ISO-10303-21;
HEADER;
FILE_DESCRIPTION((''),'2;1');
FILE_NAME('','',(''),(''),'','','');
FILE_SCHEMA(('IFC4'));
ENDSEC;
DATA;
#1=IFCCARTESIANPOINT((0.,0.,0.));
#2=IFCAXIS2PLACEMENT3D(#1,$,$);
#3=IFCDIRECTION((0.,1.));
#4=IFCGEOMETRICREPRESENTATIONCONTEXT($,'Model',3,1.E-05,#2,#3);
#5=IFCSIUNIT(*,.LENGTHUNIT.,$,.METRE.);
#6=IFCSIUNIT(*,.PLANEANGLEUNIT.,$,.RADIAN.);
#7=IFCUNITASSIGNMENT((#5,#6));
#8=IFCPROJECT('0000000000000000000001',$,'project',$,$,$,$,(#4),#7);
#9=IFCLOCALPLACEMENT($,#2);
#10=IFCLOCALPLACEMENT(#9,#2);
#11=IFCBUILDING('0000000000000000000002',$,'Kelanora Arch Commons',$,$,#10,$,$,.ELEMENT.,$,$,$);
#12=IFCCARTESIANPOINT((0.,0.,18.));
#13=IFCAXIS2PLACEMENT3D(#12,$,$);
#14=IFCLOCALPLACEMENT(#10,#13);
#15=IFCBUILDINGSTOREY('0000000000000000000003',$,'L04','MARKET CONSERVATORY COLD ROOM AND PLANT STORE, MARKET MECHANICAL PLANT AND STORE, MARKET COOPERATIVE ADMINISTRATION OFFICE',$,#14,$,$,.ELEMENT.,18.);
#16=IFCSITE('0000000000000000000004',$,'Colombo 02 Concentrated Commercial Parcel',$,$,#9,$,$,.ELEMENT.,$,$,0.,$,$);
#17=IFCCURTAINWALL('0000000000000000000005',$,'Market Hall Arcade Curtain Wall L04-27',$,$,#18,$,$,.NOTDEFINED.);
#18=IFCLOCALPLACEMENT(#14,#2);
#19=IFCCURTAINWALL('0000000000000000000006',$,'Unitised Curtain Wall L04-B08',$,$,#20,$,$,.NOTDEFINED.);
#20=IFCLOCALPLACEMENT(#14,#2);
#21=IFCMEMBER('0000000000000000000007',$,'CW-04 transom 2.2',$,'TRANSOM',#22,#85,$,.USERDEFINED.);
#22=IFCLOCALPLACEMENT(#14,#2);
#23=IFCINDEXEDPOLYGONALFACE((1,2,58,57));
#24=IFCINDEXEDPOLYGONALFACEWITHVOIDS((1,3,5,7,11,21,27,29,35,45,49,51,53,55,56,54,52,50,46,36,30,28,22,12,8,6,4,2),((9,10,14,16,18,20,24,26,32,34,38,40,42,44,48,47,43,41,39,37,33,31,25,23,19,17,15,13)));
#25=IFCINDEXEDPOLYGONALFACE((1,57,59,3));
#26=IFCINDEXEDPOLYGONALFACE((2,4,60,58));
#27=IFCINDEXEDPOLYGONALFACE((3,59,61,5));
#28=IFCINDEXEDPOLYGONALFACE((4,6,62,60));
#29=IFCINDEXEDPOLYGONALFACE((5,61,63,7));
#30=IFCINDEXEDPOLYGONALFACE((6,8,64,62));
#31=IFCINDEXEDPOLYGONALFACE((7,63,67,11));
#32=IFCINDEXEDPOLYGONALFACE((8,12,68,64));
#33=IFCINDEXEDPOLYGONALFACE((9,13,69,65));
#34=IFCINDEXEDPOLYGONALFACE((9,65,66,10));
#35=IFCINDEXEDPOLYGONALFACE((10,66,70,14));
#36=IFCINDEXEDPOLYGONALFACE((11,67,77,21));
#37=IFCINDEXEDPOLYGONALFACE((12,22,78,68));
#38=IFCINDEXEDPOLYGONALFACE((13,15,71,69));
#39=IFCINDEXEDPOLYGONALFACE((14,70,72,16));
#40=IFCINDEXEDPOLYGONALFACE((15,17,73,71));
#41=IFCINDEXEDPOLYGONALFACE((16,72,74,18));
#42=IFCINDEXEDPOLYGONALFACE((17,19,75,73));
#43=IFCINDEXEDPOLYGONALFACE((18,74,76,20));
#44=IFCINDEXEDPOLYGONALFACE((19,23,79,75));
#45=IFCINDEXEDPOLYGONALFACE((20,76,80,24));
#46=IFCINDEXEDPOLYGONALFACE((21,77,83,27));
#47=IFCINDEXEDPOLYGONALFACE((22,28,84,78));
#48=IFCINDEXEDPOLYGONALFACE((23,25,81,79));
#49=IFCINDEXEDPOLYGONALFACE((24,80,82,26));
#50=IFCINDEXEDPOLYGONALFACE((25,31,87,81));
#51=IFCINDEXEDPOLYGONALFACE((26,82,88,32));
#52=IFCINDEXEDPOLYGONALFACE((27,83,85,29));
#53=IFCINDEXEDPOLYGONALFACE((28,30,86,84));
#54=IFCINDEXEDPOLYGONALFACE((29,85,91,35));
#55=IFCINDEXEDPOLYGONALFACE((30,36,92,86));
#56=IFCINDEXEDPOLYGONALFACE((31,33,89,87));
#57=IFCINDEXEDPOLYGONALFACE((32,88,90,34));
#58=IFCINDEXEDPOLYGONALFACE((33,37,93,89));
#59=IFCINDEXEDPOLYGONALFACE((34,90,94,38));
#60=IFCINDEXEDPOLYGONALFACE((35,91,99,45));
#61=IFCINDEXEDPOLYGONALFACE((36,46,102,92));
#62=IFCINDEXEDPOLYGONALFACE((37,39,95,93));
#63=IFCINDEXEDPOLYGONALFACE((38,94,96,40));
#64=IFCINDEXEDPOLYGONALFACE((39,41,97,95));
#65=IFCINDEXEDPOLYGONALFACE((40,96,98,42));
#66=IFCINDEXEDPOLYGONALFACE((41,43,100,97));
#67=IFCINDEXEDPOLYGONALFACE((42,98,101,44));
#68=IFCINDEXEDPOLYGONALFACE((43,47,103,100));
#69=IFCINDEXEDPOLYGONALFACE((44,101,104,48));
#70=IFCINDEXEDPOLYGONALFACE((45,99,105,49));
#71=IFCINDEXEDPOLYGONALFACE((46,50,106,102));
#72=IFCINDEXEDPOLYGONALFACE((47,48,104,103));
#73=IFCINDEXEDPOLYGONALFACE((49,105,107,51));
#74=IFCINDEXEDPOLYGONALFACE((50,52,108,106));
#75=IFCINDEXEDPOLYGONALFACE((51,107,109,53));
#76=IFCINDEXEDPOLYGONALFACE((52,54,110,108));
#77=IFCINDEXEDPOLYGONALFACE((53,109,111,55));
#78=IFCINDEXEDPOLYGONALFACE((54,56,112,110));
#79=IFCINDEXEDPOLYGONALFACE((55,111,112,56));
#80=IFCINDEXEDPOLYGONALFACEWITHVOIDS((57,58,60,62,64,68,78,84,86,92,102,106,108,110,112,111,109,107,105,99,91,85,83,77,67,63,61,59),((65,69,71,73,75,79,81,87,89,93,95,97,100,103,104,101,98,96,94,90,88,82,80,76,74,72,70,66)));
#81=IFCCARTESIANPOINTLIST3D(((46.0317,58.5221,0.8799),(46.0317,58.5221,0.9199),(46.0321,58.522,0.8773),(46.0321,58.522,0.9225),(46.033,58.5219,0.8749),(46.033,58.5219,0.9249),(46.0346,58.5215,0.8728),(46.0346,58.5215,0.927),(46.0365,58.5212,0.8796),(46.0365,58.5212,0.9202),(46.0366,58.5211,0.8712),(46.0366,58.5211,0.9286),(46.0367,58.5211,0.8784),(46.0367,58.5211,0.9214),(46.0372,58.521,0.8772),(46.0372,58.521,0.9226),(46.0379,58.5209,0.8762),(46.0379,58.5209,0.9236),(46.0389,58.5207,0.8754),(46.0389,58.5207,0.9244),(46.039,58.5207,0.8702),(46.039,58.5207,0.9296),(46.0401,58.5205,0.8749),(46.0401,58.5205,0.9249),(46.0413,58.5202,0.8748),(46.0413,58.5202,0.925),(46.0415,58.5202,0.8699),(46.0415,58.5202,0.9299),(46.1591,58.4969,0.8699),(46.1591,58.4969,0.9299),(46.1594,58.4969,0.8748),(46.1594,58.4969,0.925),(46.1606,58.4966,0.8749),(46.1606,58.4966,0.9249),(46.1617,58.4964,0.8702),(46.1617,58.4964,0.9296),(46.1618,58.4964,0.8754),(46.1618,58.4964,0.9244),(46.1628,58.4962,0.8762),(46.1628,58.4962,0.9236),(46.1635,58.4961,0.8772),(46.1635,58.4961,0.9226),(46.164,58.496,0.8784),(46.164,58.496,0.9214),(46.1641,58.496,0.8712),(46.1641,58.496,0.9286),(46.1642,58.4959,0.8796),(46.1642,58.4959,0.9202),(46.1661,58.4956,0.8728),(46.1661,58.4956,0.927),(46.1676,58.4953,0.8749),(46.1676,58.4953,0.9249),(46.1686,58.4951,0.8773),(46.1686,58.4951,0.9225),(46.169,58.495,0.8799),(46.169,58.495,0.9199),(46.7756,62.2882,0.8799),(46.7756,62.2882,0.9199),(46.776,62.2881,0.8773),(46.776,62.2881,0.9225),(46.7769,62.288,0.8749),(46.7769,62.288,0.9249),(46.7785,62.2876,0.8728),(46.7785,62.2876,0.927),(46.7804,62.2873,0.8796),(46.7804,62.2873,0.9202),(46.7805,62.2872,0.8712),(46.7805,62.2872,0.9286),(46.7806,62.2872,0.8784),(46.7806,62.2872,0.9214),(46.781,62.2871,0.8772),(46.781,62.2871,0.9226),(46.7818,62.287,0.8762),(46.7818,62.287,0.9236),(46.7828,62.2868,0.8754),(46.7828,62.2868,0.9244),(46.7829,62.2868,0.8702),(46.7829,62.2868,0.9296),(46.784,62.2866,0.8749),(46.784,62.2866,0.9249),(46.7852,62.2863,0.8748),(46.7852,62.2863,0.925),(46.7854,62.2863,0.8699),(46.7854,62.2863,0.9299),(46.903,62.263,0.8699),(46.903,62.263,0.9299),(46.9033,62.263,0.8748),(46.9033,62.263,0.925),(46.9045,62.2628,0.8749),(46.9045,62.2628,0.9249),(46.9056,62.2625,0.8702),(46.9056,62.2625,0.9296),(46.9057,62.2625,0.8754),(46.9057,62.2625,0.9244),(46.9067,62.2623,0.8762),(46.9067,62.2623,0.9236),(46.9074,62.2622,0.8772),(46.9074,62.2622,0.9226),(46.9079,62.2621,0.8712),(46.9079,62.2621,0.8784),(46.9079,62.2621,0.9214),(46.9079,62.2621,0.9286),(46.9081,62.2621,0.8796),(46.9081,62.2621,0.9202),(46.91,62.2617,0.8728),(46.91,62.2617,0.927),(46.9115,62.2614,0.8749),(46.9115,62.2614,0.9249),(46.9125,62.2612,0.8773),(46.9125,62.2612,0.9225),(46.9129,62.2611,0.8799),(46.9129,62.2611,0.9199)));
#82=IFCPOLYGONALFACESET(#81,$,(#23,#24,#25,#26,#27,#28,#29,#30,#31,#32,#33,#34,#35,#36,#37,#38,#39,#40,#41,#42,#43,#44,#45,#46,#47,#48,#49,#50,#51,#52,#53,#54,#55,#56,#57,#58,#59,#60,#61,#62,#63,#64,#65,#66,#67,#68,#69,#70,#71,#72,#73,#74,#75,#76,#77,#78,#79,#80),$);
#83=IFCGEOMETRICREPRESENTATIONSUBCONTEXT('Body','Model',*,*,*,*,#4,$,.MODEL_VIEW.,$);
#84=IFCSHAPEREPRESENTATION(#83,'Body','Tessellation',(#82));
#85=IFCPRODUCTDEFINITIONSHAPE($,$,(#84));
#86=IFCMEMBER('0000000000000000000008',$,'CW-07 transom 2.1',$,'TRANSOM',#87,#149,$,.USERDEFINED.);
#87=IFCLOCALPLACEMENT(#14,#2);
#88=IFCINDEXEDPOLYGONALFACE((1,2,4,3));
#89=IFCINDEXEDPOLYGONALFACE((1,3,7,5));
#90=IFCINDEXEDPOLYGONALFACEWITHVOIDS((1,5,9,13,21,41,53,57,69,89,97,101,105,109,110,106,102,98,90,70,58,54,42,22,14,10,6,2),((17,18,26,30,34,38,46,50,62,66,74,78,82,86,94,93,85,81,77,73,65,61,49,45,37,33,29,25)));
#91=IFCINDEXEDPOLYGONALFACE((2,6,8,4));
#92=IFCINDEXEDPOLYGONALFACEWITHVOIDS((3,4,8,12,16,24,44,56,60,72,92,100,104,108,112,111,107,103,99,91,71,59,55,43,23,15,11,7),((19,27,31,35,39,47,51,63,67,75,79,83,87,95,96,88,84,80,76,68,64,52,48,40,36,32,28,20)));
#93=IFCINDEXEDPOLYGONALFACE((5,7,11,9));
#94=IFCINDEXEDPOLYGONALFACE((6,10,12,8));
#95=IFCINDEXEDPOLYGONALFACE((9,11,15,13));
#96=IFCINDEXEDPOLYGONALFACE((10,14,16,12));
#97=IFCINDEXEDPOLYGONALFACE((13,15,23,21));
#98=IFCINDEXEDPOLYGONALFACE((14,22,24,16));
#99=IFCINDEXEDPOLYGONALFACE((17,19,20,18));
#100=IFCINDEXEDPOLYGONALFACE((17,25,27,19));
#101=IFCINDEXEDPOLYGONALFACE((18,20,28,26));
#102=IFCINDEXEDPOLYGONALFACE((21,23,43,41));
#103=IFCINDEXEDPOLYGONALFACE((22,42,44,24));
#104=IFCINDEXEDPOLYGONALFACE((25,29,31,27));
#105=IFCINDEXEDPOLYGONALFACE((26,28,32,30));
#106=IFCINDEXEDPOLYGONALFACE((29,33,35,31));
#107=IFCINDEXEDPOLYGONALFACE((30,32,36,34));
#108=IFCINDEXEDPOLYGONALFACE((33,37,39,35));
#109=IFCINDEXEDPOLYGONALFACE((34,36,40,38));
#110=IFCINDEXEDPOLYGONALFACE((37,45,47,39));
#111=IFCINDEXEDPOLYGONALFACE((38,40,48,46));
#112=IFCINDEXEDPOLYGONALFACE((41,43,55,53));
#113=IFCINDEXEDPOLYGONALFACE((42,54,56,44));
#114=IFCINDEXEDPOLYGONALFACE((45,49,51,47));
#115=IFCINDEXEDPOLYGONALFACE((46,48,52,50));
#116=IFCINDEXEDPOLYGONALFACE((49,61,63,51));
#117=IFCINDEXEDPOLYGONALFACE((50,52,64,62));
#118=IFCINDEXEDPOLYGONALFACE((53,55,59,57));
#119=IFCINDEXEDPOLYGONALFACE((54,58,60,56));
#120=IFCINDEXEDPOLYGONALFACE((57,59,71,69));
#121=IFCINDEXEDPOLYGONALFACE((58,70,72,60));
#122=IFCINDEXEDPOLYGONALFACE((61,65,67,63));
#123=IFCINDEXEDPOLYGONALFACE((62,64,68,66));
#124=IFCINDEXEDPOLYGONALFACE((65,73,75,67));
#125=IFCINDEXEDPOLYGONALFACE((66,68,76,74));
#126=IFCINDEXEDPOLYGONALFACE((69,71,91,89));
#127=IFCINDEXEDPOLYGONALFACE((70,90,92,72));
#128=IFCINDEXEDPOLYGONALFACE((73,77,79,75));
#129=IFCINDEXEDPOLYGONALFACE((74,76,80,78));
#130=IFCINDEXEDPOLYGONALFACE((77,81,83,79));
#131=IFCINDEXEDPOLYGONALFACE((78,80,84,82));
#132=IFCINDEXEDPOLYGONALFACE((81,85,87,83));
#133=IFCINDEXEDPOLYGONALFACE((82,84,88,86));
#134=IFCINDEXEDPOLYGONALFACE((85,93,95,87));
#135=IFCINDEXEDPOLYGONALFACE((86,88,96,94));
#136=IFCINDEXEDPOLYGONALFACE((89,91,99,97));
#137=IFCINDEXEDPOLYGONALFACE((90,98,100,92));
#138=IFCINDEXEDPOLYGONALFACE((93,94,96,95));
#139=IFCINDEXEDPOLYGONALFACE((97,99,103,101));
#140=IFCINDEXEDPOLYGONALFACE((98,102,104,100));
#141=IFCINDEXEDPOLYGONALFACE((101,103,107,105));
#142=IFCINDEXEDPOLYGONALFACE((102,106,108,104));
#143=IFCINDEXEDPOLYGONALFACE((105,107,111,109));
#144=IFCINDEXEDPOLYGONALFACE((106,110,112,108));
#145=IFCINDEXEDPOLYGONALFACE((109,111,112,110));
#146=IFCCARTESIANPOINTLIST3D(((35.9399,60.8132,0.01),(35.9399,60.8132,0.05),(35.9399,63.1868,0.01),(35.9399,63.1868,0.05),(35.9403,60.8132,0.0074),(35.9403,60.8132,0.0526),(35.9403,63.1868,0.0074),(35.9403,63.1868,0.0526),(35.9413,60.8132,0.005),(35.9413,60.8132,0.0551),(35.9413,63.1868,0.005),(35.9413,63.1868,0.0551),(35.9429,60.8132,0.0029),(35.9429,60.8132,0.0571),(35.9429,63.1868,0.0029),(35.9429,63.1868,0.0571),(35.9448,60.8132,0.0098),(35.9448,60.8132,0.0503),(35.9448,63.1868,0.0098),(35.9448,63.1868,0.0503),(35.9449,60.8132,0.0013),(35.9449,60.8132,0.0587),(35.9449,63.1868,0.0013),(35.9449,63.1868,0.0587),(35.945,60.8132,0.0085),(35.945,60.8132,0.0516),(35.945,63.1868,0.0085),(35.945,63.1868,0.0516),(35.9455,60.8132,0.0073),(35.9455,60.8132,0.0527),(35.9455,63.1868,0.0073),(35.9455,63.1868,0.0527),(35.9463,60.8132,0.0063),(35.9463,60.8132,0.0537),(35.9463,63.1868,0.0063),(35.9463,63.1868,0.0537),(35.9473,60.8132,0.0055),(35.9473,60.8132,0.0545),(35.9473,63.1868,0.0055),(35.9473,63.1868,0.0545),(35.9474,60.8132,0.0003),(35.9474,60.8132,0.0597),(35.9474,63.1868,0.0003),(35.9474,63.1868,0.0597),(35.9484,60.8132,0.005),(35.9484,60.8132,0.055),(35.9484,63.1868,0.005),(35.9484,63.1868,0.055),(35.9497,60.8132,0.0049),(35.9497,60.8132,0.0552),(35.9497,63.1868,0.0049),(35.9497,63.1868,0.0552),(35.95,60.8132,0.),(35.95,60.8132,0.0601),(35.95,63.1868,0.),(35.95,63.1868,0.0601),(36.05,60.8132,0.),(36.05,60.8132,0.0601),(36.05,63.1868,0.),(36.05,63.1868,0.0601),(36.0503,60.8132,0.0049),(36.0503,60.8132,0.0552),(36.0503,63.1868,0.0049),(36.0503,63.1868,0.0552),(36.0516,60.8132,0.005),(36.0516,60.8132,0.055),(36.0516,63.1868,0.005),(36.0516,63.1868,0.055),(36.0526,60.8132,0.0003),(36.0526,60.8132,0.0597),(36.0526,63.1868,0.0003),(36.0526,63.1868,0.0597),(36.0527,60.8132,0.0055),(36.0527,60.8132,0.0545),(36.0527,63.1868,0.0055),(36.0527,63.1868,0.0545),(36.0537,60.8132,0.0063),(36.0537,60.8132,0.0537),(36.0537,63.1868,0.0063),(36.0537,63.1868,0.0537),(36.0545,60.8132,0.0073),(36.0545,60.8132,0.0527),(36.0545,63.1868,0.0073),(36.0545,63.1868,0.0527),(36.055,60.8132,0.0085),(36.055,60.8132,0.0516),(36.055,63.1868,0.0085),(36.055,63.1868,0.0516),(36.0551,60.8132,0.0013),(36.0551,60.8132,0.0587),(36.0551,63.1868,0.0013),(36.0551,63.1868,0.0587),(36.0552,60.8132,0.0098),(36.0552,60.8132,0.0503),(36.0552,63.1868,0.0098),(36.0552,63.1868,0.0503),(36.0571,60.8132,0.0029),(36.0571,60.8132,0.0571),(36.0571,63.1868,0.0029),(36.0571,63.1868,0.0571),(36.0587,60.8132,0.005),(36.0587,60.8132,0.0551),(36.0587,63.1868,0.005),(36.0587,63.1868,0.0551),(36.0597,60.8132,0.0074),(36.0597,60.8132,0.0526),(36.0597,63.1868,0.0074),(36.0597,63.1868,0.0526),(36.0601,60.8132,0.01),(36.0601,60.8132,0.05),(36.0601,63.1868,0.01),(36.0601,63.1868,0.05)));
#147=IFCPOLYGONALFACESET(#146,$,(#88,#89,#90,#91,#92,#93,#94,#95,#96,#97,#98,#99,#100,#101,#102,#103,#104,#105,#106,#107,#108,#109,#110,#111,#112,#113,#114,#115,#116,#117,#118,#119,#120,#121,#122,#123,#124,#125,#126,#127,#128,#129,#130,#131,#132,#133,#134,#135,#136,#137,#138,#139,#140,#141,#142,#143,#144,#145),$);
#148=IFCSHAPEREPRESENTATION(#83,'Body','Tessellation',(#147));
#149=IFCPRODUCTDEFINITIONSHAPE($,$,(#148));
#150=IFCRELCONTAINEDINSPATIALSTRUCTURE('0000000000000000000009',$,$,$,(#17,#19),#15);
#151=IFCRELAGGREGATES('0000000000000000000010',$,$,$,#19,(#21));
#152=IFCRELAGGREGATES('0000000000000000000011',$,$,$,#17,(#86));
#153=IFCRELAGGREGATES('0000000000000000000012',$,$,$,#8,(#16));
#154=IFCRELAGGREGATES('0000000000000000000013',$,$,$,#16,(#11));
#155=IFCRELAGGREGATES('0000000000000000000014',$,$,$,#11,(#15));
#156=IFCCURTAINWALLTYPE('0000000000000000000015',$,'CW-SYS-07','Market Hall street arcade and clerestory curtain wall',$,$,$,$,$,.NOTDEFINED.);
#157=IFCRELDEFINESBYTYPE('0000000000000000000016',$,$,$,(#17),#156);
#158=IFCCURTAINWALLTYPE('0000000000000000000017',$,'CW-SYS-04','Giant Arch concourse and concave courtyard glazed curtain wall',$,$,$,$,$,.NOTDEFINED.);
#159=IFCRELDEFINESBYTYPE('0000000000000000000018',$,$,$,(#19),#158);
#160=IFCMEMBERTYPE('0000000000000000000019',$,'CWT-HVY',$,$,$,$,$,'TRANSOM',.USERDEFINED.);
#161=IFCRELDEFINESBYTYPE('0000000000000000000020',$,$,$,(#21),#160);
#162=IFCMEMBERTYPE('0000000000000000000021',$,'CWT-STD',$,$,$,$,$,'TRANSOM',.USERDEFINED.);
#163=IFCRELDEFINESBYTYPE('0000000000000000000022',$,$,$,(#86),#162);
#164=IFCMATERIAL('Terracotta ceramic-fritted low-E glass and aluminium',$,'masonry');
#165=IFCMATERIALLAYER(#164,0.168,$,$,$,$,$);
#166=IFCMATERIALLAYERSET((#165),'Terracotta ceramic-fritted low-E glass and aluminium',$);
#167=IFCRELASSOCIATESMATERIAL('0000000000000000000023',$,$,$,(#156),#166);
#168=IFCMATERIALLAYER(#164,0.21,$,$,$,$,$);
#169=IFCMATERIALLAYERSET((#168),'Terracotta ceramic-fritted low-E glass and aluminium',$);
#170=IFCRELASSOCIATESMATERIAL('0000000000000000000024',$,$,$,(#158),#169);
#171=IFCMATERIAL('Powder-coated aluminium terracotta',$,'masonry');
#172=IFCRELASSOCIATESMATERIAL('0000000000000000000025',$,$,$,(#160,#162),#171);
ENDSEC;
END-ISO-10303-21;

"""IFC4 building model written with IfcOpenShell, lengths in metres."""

from ifc_helpers import new_model, si_unit, direction, frame, origin, origin_2d, place, context, subcontext, project, spatial, hollow_rectangle, extrude, material, layer, layer_set, material_profile, profile_set, type_object, element, aggregate, save


model = new_model("IFC4")

# Units and contexts
model_context = context("Model", 3, precision=1e-05, world=origin(), true_north=direction((0.0, 1.0)))
body_context = subcontext(model_context, "Body", "Model", "MODEL_VIEW")
ifc_project = project(units=[si_unit("LENGTHUNIT", "METRE"), si_unit("PLANEANGLEUNIT", "RADIAN")], contexts=[model_context])

# Site, building, storey
site_placement = place(None, origin())
site = spatial("IfcSite", under=ifc_project, at=site_placement, Name="Colombo 02 Concentrated Commercial Parcel", CompositionType="ELEMENT", RefElevation=0.0)
building_placement = place(site_placement, origin())
building = spatial("IfcBuilding", under=site, at=building_placement, Name="Kelanora Arch Commons", CompositionType="ELEMENT")
storey_placement = place(building_placement, frame((0.0, 0.0, 18.0)))
storey = spatial("IfcBuildingStorey", under=building, at=storey_placement, Name="L04", Description="MARKET CONSERVATORY COLD ROOM AND PLANT STORE, MARKET MECHANICAL PLANT AND STORE, MARKET COOPERATIVE ADMINISTRATION OFFICE", CompositionType="ELEMENT", Elevation=18.0)

# Curtain walls, member
ifc_material_1 = material(Name="Terracotta ceramic-fritted low-E glass and aluminium", Category="masonry")
ifc_layer_1 = layer(ifc_material_1, 0.168)
ifc_layer_set_1 = layer_set([ifc_layer_1], Name="Terracotta ceramic-fritted low-E glass and aluminium")
curtain_wall_type_1 = type_object("IfcCurtainWallType", Name="CW-SYS-07", Description="Market Hall street arcade and clerestory curtain wall", PredefinedType="NOTDEFINED", material=ifc_layer_set_1)
curtain_wall_1_placement = place(storey_placement, origin())
curtain_wall_1 = element("IfcCurtainWall", 1, at=curtain_wall_1_placement, inside=storey, type_object=curtain_wall_type_1, Name="Market Hall Arcade Curtain Wall L04-27", PredefinedType="NOTDEFINED")
ifc_material_2 = material(Name="Powder-coated aluminium terracotta", Category="masonry")
ifc_layer_2 = layer(ifc_material_1, 0.21)
ifc_layer_set_2 = layer_set([ifc_layer_2], Name="Terracotta ceramic-fritted low-E glass and aluminium")
curtain_wall_type_2 = type_object("IfcCurtainWallType", Name="CW-SYS-04", Description="Giant Arch concourse and concave courtyard glazed curtain wall", PredefinedType="NOTDEFINED", material=ifc_layer_set_2)
curtain_wall_2_placement = place(storey_placement, origin())
curtain_wall_2 = element("IfcCurtainWall", 2, at=curtain_wall_2_placement, inside=storey, type_object=curtain_wall_type_2, Name="Unitised Curtain Wall L04-B08", PredefinedType="NOTDEFINED")
ifc_material_profile_1 = material_profile(ifc_material_2, hollow_rectangle(XDim=0.1399, YDim=0.0601, WallThickness=0.0049, InnerFilletRadius=0.0049, OuterFilletRadius=0.01, at=origin_2d()), Name="CWT140x60")
ifc_profile_set_1 = profile_set([ifc_material_profile_1], Name="Powder-coated aluminium terracotta")
member_type_1 = type_object("IfcMemberType", Name="CWT-HVY", ElementType="TRANSOM", PredefinedType="USERDEFINED", material=ifc_profile_set_1)
member_1_placement = place(storey_placement, frame((46.8442, 62.2747, 0.8999), z_axis=(-0.19378, -0.981045, 0.0), x_axis=(0.981045, -0.19378, 0.0)))
member_1 = element("IfcMember", 3, at=member_1_placement, type_object=member_type_1, Name="CW-04 transom 2.2", ObjectType="TRANSOM", PredefinedType="USERDEFINED", context=body_context, shape_type="SweptSolid", body=[
    extrude(hollow_rectangle(XDim=0.1399, YDim=0.0601, WallThickness=0.0049, InnerFilletRadius=0.0049, OuterFilletRadius=0.01, at=origin_2d()), origin(), (0.0, 0.0, 1.0), 3.8389),
])

# Member
ifc_material_profile_2 = material_profile(ifc_material_2, hollow_rectangle(XDim=0.1201, YDim=0.0601, WallThickness=0.0049, InnerFilletRadius=0.0049, OuterFilletRadius=0.01, at=origin_2d()), Name="CWT120x60")
ifc_profile_set_2 = profile_set([ifc_material_profile_2], Name="Powder-coated aluminium terracotta")
member_type_2 = type_object("IfcMemberType", Name="CWT-STD", ElementType="TRANSOM", PredefinedType="USERDEFINED", material=ifc_profile_set_2)
member_2_placement = place(storey_placement, frame((36.0, 60.8132, 0.03), z_axis=(0.0, 1.0, 0.0), x_axis=(-1.0, 0.0, 0.0)))
member_2 = element("IfcMember", 4, at=member_2_placement, type_object=member_type_2, Name="CW-07 transom 2.1", ObjectType="TRANSOM", PredefinedType="USERDEFINED", context=body_context, shape_type="SweptSolid", body=[
    extrude(hollow_rectangle(XDim=0.1201, YDim=0.0601, WallThickness=0.0049, InnerFilletRadius=0.0049, OuterFilletRadius=0.01, at=origin_2d()), origin(), (0.0, 0.0, 1.0), 2.3735),
])

aggregate(curtain_wall_2, [member_1])
aggregate(curtain_wall_1, [member_2])

save(model, "model.ifc")
